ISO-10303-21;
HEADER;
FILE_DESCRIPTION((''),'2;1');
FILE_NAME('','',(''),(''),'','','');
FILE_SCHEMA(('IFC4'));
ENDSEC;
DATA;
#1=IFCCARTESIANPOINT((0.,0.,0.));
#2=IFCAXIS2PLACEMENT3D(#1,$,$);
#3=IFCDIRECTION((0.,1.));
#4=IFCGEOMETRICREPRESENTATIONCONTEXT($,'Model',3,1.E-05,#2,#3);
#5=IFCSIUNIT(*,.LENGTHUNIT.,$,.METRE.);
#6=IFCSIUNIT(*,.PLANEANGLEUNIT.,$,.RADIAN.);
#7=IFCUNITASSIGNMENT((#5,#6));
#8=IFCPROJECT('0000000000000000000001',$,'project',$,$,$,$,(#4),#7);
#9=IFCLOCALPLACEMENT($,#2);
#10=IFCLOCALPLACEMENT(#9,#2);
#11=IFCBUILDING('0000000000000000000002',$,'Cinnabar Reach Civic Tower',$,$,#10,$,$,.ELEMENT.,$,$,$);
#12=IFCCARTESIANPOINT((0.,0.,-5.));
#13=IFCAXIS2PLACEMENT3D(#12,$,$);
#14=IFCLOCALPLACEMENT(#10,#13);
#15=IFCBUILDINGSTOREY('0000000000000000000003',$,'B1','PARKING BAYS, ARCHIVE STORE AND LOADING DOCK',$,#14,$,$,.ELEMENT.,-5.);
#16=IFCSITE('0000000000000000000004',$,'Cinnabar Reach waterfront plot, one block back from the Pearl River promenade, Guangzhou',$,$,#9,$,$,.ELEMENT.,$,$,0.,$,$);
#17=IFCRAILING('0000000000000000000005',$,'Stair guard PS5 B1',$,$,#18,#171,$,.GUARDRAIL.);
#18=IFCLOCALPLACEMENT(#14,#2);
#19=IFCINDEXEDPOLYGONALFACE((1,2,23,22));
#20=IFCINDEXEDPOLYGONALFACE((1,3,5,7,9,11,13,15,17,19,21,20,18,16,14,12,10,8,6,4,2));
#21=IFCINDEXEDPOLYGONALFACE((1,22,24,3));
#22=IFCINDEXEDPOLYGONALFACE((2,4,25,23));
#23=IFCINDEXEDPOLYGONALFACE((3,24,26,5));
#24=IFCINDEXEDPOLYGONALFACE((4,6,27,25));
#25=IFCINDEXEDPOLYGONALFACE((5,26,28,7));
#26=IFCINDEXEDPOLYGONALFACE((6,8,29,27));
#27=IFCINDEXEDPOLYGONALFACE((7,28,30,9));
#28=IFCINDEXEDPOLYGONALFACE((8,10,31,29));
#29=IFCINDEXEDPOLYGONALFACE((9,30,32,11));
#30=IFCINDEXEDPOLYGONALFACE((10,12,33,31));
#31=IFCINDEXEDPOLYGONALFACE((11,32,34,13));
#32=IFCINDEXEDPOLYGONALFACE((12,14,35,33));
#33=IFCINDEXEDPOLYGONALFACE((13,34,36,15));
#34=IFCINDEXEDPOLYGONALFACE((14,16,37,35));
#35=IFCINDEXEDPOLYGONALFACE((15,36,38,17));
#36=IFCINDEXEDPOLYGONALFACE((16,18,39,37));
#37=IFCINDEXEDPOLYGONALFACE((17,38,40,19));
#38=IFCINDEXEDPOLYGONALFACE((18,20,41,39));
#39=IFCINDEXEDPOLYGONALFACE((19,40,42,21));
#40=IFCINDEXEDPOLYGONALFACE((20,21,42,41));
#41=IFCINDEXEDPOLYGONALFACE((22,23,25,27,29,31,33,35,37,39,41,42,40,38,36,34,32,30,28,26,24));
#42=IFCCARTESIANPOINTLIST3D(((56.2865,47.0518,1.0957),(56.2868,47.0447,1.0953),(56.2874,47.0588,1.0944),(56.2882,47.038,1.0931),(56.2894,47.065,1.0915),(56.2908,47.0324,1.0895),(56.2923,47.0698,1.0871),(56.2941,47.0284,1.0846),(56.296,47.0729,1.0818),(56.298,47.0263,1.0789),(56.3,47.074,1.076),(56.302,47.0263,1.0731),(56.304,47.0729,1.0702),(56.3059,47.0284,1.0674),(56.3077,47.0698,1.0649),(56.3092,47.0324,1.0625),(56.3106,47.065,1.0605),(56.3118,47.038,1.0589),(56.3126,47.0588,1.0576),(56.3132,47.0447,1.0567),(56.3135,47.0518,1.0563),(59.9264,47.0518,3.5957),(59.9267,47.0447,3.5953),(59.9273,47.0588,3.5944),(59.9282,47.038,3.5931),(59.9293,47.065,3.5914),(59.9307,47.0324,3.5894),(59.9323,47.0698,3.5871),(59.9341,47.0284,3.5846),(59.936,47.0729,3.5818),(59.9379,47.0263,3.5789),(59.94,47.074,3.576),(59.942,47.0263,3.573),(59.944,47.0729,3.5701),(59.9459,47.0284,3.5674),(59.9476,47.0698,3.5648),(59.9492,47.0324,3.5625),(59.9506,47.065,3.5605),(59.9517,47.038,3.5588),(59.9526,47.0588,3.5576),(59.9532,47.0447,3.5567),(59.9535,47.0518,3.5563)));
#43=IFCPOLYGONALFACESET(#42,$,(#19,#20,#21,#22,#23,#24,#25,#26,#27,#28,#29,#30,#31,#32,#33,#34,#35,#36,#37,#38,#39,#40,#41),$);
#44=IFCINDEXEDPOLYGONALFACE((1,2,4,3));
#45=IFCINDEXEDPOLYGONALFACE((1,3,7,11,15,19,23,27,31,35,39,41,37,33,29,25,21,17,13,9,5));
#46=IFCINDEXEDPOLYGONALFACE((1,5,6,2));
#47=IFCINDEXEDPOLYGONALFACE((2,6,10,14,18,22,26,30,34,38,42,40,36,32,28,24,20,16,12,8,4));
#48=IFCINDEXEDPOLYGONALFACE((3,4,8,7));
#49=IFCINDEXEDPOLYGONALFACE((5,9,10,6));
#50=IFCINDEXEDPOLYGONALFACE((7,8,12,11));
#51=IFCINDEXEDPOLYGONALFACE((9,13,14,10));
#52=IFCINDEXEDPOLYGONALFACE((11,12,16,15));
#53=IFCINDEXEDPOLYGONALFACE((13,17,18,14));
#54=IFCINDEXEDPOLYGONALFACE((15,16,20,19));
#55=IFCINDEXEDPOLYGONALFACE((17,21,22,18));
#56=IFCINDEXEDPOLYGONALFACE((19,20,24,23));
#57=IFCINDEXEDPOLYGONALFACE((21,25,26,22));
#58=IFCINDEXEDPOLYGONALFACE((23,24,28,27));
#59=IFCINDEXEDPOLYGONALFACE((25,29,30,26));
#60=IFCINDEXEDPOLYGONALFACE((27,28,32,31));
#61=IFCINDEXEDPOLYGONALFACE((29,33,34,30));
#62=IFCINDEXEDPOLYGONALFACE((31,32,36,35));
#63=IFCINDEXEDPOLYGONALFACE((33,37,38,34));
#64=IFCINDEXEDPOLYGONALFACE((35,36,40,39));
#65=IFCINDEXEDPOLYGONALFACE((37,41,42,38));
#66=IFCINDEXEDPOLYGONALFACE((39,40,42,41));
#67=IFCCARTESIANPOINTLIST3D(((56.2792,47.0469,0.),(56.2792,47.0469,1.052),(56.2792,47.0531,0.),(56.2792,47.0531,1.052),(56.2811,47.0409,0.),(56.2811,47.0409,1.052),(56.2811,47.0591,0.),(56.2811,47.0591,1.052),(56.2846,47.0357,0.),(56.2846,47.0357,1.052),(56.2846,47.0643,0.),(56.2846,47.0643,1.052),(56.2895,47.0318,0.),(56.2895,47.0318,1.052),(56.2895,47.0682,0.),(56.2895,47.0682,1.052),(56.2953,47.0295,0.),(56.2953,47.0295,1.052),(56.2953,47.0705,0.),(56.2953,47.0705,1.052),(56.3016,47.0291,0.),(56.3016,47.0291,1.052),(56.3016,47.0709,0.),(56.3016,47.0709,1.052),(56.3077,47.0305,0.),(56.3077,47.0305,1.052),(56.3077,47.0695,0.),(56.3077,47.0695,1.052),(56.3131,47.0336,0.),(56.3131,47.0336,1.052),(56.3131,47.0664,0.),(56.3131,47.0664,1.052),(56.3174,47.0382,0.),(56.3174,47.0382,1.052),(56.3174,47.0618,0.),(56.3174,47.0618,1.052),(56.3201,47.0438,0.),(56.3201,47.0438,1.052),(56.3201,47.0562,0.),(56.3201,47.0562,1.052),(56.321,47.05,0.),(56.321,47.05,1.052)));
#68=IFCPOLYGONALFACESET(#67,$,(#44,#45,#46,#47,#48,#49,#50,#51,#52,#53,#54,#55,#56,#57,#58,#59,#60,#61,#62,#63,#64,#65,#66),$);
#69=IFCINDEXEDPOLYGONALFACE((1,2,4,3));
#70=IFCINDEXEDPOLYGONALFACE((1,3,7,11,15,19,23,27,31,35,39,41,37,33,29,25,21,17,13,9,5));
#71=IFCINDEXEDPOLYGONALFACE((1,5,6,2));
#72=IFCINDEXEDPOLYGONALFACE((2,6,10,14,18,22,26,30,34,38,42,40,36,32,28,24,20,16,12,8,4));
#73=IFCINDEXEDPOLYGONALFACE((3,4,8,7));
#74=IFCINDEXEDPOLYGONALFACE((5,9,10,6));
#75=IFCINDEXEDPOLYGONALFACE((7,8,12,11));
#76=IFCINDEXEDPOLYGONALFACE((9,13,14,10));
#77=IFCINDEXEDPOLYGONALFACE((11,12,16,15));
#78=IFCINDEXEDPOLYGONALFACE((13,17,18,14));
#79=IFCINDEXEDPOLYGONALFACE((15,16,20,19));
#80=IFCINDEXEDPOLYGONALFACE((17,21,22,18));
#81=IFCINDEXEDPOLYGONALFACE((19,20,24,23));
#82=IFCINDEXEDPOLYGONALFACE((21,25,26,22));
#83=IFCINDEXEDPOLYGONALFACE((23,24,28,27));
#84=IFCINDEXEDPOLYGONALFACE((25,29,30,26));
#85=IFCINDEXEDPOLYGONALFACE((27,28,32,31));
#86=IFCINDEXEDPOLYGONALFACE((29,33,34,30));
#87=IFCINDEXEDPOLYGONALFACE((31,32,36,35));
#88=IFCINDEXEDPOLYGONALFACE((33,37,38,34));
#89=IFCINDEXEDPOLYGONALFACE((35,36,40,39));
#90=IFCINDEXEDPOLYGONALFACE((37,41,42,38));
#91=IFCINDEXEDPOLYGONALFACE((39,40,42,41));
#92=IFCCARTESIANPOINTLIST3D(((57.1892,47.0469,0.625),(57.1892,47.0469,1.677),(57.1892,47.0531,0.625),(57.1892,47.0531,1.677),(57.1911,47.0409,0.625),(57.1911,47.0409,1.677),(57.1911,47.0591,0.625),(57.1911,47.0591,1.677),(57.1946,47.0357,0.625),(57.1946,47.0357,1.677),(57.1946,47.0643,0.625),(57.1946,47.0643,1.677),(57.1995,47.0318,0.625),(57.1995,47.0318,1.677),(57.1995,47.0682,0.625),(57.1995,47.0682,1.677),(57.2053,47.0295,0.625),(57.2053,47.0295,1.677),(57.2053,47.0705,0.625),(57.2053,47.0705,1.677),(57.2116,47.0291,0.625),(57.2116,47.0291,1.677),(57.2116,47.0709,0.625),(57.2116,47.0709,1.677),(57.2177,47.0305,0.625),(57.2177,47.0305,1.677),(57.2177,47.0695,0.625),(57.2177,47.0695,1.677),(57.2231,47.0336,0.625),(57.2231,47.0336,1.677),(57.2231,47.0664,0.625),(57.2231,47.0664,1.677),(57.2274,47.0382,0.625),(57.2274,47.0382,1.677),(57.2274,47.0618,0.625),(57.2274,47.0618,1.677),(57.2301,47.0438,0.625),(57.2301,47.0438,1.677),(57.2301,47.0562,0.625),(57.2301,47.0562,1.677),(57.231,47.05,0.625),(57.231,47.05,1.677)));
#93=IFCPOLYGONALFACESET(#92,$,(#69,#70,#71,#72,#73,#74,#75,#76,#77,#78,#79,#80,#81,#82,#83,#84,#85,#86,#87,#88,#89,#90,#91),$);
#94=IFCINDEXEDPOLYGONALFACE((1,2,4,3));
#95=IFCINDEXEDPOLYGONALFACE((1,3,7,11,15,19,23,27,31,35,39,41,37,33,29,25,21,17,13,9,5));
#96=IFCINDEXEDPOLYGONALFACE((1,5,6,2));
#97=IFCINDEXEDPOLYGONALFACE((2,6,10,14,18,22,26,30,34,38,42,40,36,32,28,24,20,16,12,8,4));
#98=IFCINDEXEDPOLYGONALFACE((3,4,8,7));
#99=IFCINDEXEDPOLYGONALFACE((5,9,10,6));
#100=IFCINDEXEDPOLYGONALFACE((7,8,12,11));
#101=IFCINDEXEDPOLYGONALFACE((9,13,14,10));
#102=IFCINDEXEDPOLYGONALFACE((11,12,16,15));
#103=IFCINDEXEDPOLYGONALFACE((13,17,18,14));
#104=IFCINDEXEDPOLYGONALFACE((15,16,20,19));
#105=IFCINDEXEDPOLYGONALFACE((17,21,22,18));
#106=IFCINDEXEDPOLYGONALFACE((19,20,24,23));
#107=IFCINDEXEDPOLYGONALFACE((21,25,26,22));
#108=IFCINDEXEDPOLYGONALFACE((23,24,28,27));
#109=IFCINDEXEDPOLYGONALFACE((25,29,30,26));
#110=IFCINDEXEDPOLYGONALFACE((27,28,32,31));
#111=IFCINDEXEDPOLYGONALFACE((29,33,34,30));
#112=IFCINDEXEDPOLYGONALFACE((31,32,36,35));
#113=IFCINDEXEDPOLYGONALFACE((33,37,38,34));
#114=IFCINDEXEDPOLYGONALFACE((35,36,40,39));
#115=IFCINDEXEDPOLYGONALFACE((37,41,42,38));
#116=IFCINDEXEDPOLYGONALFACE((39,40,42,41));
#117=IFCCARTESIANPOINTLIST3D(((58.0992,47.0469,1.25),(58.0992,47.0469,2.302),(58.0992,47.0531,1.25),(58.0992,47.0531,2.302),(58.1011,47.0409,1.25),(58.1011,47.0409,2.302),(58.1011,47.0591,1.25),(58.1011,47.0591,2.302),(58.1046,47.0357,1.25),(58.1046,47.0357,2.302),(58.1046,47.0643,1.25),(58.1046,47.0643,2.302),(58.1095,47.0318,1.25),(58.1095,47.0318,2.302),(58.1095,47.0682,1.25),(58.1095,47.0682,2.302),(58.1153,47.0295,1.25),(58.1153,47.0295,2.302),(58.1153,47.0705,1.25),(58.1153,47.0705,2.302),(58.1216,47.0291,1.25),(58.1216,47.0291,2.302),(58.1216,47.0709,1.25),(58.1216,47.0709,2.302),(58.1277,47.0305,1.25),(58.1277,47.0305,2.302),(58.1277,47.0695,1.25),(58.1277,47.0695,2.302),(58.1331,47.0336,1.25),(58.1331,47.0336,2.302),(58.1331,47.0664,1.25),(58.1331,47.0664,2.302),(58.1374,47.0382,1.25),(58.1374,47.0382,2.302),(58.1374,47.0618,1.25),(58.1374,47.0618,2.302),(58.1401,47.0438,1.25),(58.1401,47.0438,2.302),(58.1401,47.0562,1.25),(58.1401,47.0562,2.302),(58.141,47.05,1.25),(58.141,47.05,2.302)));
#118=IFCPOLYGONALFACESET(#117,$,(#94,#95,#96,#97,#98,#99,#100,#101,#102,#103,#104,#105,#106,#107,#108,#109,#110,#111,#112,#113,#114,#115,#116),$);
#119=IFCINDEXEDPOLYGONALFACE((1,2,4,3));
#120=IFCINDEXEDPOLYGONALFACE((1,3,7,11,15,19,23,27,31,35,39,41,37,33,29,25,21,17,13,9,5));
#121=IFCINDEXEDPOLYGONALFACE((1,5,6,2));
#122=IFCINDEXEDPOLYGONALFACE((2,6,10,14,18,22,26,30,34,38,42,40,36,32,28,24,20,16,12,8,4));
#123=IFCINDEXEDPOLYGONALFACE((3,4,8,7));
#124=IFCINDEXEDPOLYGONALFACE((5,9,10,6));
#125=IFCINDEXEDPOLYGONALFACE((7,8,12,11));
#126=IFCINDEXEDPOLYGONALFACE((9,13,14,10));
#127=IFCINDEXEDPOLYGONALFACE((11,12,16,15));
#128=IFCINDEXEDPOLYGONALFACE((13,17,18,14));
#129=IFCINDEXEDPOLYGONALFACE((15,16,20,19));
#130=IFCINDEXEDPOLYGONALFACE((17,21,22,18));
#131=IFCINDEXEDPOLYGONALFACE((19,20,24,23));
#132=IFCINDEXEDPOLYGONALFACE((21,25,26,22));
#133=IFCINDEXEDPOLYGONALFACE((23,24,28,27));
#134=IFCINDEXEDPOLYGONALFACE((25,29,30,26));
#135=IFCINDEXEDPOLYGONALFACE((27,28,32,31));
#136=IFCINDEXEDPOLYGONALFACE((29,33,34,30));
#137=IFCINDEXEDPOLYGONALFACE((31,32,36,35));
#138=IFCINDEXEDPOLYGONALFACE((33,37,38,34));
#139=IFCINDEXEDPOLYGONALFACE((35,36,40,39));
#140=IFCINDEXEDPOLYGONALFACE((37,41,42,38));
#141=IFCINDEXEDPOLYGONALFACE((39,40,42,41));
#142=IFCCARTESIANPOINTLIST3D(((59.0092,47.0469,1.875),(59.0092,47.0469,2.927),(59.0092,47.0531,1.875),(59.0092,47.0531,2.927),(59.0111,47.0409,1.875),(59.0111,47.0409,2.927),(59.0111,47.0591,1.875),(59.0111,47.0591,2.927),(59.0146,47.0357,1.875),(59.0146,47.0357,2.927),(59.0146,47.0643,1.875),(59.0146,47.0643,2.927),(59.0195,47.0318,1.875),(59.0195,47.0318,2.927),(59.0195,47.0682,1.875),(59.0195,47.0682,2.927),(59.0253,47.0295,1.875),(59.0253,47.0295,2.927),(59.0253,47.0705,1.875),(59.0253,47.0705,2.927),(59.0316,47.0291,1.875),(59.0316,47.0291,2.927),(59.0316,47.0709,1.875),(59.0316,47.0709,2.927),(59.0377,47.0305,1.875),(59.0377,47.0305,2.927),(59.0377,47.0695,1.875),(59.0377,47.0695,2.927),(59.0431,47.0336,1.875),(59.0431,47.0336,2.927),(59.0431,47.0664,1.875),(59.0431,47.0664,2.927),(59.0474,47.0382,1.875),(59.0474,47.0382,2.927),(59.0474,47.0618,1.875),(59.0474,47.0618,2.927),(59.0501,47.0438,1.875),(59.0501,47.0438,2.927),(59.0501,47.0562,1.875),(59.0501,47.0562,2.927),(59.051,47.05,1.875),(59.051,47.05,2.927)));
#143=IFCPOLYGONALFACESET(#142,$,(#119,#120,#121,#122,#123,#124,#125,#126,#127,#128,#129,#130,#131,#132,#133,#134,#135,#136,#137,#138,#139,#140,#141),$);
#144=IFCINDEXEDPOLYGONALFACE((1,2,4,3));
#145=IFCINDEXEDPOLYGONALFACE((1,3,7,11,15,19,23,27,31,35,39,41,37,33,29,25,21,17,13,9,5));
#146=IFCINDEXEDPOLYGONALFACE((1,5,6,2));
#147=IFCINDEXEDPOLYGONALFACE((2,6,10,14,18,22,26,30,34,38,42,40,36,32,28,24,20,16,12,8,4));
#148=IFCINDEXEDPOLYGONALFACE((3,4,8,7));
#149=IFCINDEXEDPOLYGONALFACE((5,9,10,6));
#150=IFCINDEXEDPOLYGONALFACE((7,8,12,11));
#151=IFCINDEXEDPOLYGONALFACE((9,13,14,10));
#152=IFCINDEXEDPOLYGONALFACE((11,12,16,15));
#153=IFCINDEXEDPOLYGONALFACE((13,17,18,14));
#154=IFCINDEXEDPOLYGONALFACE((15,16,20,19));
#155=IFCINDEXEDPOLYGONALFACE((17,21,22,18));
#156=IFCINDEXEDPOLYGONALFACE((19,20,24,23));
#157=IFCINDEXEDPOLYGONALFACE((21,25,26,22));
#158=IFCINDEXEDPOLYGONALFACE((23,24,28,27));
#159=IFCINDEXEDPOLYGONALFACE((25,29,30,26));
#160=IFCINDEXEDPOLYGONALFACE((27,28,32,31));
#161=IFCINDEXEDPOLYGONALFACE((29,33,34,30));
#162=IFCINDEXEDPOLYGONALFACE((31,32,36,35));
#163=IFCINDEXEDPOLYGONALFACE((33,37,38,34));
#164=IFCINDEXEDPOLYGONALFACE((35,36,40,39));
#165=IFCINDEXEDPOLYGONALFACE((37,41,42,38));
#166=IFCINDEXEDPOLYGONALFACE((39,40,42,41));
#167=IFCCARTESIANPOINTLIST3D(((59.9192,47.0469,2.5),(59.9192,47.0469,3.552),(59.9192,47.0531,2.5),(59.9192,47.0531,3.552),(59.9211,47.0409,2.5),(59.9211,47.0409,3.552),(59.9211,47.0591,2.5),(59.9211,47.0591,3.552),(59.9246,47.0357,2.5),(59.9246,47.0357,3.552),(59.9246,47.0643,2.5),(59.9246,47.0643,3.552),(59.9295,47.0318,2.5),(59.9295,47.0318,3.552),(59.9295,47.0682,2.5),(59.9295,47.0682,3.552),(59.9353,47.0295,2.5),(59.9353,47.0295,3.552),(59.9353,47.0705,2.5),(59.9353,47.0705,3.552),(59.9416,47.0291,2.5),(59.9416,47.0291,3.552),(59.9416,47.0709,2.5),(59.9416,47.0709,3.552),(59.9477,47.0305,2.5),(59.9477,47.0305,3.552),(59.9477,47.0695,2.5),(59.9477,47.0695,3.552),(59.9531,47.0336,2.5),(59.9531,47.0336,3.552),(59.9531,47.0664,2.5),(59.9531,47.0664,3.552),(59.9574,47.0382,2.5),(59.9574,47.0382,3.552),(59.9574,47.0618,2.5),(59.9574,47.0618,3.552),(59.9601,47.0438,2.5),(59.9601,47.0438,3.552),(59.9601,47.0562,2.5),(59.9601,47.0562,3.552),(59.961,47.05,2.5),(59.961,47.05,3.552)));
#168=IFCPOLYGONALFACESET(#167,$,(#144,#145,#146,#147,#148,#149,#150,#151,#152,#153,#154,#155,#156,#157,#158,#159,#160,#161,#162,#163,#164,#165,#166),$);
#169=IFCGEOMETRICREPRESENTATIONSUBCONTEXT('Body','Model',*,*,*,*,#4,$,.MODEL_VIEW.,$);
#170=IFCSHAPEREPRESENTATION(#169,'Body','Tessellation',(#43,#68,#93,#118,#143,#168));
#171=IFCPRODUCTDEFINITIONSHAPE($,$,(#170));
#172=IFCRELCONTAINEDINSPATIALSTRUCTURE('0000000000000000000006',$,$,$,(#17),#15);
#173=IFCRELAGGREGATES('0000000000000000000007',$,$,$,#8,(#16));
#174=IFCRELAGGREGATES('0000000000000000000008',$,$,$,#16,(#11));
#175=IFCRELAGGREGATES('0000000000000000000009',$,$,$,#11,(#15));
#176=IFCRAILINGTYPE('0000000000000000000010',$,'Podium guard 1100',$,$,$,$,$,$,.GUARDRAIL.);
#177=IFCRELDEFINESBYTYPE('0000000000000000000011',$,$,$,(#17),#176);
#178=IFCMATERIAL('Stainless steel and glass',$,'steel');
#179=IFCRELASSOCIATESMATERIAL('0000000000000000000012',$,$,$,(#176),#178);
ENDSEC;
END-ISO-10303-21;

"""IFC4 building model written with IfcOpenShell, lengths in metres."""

from ifc_helpers import new_model, si_unit, direction, frame, origin, origin_2d, place, context, subcontext, project, spatial, circle, extrude, material, type_object, element, save


model = new_model("IFC4")

# Units and contexts
model_context = context("Model", 3, precision=1e-05, world=origin(), true_north=direction((0.0, 1.0)))
body_context = subcontext(model_context, "Body", "Model", "MODEL_VIEW")
ifc_project = project(units=[si_unit("LENGTHUNIT", "METRE"), si_unit("PLANEANGLEUNIT", "RADIAN")], contexts=[model_context])

# Site, building, storey
site_placement = place(None, origin())
site = spatial("IfcSite", under=ifc_project, at=site_placement, Name="Cinnabar Reach waterfront plot, one block back from the Pearl River promenade, Guangzhou", CompositionType="ELEMENT", RefElevation=0.0)
building_placement = place(site_placement, origin())
building = spatial("IfcBuilding", under=site, at=building_placement, Name="Cinnabar Reach Civic Tower", CompositionType="ELEMENT")
storey_placement = place(building_placement, frame((0.0, 0.0, -5.0)))
storey = spatial("IfcBuildingStorey", under=building, at=storey_placement, Name="B1", Description="PARKING BAYS, ARCHIVE STORE AND LOADING DOCK", CompositionType="ELEMENT", Elevation=-5.0)

# Railing
ifc_material_1 = material(Name="Stainless steel and glass", Category="steel")
railing_type_1 = type_object("IfcRailingType", Name="Podium guard 1100", PredefinedType="GUARDRAIL", material=ifc_material_1)
railing_1_placement = place(storey_placement, frame((56.3, 47.05, 0.0)))
element("IfcRailing", 1, at=railing_1_placement, inside=storey, type_object=railing_type_1, Name="Stair guard PS5 B1", PredefinedType="GUARDRAIL", context=body_context, shape_type="SweptSolid", body=[
    extrude(circle(Radius=0.024, at=origin_2d()), frame((0.0, 0.0, 1.076), z_axis=(0.824306, 0.0, 0.566144), x_axis=(0.0, 1.0, 0.0)), (0.0, 0.0, 1.0), 4.4158),
    extrude(circle(Radius=0.021, at=origin_2d()), origin(), (0.0, 0.0, 1.0), 1.052),
    extrude(circle(Radius=0.021, at=origin_2d()), frame((0.91, 0.0, 0.625)), (0.0, 0.0, 1.0), 1.052),
    extrude(circle(Radius=0.021, at=origin_2d()), frame((1.82, 0.0, 1.25)), (0.0, 0.0, 1.0), 1.052),
    extrude(circle(Radius=0.021, at=origin_2d()), frame((2.73, 0.0, 1.875)), (0.0, 0.0, 1.0), 1.052),
    extrude(circle(Radius=0.021, at=origin_2d()), frame((3.64, 0.0, 2.5)), (0.0, 0.0, 1.0), 1.052),
])

save(model, "model.ifc")
